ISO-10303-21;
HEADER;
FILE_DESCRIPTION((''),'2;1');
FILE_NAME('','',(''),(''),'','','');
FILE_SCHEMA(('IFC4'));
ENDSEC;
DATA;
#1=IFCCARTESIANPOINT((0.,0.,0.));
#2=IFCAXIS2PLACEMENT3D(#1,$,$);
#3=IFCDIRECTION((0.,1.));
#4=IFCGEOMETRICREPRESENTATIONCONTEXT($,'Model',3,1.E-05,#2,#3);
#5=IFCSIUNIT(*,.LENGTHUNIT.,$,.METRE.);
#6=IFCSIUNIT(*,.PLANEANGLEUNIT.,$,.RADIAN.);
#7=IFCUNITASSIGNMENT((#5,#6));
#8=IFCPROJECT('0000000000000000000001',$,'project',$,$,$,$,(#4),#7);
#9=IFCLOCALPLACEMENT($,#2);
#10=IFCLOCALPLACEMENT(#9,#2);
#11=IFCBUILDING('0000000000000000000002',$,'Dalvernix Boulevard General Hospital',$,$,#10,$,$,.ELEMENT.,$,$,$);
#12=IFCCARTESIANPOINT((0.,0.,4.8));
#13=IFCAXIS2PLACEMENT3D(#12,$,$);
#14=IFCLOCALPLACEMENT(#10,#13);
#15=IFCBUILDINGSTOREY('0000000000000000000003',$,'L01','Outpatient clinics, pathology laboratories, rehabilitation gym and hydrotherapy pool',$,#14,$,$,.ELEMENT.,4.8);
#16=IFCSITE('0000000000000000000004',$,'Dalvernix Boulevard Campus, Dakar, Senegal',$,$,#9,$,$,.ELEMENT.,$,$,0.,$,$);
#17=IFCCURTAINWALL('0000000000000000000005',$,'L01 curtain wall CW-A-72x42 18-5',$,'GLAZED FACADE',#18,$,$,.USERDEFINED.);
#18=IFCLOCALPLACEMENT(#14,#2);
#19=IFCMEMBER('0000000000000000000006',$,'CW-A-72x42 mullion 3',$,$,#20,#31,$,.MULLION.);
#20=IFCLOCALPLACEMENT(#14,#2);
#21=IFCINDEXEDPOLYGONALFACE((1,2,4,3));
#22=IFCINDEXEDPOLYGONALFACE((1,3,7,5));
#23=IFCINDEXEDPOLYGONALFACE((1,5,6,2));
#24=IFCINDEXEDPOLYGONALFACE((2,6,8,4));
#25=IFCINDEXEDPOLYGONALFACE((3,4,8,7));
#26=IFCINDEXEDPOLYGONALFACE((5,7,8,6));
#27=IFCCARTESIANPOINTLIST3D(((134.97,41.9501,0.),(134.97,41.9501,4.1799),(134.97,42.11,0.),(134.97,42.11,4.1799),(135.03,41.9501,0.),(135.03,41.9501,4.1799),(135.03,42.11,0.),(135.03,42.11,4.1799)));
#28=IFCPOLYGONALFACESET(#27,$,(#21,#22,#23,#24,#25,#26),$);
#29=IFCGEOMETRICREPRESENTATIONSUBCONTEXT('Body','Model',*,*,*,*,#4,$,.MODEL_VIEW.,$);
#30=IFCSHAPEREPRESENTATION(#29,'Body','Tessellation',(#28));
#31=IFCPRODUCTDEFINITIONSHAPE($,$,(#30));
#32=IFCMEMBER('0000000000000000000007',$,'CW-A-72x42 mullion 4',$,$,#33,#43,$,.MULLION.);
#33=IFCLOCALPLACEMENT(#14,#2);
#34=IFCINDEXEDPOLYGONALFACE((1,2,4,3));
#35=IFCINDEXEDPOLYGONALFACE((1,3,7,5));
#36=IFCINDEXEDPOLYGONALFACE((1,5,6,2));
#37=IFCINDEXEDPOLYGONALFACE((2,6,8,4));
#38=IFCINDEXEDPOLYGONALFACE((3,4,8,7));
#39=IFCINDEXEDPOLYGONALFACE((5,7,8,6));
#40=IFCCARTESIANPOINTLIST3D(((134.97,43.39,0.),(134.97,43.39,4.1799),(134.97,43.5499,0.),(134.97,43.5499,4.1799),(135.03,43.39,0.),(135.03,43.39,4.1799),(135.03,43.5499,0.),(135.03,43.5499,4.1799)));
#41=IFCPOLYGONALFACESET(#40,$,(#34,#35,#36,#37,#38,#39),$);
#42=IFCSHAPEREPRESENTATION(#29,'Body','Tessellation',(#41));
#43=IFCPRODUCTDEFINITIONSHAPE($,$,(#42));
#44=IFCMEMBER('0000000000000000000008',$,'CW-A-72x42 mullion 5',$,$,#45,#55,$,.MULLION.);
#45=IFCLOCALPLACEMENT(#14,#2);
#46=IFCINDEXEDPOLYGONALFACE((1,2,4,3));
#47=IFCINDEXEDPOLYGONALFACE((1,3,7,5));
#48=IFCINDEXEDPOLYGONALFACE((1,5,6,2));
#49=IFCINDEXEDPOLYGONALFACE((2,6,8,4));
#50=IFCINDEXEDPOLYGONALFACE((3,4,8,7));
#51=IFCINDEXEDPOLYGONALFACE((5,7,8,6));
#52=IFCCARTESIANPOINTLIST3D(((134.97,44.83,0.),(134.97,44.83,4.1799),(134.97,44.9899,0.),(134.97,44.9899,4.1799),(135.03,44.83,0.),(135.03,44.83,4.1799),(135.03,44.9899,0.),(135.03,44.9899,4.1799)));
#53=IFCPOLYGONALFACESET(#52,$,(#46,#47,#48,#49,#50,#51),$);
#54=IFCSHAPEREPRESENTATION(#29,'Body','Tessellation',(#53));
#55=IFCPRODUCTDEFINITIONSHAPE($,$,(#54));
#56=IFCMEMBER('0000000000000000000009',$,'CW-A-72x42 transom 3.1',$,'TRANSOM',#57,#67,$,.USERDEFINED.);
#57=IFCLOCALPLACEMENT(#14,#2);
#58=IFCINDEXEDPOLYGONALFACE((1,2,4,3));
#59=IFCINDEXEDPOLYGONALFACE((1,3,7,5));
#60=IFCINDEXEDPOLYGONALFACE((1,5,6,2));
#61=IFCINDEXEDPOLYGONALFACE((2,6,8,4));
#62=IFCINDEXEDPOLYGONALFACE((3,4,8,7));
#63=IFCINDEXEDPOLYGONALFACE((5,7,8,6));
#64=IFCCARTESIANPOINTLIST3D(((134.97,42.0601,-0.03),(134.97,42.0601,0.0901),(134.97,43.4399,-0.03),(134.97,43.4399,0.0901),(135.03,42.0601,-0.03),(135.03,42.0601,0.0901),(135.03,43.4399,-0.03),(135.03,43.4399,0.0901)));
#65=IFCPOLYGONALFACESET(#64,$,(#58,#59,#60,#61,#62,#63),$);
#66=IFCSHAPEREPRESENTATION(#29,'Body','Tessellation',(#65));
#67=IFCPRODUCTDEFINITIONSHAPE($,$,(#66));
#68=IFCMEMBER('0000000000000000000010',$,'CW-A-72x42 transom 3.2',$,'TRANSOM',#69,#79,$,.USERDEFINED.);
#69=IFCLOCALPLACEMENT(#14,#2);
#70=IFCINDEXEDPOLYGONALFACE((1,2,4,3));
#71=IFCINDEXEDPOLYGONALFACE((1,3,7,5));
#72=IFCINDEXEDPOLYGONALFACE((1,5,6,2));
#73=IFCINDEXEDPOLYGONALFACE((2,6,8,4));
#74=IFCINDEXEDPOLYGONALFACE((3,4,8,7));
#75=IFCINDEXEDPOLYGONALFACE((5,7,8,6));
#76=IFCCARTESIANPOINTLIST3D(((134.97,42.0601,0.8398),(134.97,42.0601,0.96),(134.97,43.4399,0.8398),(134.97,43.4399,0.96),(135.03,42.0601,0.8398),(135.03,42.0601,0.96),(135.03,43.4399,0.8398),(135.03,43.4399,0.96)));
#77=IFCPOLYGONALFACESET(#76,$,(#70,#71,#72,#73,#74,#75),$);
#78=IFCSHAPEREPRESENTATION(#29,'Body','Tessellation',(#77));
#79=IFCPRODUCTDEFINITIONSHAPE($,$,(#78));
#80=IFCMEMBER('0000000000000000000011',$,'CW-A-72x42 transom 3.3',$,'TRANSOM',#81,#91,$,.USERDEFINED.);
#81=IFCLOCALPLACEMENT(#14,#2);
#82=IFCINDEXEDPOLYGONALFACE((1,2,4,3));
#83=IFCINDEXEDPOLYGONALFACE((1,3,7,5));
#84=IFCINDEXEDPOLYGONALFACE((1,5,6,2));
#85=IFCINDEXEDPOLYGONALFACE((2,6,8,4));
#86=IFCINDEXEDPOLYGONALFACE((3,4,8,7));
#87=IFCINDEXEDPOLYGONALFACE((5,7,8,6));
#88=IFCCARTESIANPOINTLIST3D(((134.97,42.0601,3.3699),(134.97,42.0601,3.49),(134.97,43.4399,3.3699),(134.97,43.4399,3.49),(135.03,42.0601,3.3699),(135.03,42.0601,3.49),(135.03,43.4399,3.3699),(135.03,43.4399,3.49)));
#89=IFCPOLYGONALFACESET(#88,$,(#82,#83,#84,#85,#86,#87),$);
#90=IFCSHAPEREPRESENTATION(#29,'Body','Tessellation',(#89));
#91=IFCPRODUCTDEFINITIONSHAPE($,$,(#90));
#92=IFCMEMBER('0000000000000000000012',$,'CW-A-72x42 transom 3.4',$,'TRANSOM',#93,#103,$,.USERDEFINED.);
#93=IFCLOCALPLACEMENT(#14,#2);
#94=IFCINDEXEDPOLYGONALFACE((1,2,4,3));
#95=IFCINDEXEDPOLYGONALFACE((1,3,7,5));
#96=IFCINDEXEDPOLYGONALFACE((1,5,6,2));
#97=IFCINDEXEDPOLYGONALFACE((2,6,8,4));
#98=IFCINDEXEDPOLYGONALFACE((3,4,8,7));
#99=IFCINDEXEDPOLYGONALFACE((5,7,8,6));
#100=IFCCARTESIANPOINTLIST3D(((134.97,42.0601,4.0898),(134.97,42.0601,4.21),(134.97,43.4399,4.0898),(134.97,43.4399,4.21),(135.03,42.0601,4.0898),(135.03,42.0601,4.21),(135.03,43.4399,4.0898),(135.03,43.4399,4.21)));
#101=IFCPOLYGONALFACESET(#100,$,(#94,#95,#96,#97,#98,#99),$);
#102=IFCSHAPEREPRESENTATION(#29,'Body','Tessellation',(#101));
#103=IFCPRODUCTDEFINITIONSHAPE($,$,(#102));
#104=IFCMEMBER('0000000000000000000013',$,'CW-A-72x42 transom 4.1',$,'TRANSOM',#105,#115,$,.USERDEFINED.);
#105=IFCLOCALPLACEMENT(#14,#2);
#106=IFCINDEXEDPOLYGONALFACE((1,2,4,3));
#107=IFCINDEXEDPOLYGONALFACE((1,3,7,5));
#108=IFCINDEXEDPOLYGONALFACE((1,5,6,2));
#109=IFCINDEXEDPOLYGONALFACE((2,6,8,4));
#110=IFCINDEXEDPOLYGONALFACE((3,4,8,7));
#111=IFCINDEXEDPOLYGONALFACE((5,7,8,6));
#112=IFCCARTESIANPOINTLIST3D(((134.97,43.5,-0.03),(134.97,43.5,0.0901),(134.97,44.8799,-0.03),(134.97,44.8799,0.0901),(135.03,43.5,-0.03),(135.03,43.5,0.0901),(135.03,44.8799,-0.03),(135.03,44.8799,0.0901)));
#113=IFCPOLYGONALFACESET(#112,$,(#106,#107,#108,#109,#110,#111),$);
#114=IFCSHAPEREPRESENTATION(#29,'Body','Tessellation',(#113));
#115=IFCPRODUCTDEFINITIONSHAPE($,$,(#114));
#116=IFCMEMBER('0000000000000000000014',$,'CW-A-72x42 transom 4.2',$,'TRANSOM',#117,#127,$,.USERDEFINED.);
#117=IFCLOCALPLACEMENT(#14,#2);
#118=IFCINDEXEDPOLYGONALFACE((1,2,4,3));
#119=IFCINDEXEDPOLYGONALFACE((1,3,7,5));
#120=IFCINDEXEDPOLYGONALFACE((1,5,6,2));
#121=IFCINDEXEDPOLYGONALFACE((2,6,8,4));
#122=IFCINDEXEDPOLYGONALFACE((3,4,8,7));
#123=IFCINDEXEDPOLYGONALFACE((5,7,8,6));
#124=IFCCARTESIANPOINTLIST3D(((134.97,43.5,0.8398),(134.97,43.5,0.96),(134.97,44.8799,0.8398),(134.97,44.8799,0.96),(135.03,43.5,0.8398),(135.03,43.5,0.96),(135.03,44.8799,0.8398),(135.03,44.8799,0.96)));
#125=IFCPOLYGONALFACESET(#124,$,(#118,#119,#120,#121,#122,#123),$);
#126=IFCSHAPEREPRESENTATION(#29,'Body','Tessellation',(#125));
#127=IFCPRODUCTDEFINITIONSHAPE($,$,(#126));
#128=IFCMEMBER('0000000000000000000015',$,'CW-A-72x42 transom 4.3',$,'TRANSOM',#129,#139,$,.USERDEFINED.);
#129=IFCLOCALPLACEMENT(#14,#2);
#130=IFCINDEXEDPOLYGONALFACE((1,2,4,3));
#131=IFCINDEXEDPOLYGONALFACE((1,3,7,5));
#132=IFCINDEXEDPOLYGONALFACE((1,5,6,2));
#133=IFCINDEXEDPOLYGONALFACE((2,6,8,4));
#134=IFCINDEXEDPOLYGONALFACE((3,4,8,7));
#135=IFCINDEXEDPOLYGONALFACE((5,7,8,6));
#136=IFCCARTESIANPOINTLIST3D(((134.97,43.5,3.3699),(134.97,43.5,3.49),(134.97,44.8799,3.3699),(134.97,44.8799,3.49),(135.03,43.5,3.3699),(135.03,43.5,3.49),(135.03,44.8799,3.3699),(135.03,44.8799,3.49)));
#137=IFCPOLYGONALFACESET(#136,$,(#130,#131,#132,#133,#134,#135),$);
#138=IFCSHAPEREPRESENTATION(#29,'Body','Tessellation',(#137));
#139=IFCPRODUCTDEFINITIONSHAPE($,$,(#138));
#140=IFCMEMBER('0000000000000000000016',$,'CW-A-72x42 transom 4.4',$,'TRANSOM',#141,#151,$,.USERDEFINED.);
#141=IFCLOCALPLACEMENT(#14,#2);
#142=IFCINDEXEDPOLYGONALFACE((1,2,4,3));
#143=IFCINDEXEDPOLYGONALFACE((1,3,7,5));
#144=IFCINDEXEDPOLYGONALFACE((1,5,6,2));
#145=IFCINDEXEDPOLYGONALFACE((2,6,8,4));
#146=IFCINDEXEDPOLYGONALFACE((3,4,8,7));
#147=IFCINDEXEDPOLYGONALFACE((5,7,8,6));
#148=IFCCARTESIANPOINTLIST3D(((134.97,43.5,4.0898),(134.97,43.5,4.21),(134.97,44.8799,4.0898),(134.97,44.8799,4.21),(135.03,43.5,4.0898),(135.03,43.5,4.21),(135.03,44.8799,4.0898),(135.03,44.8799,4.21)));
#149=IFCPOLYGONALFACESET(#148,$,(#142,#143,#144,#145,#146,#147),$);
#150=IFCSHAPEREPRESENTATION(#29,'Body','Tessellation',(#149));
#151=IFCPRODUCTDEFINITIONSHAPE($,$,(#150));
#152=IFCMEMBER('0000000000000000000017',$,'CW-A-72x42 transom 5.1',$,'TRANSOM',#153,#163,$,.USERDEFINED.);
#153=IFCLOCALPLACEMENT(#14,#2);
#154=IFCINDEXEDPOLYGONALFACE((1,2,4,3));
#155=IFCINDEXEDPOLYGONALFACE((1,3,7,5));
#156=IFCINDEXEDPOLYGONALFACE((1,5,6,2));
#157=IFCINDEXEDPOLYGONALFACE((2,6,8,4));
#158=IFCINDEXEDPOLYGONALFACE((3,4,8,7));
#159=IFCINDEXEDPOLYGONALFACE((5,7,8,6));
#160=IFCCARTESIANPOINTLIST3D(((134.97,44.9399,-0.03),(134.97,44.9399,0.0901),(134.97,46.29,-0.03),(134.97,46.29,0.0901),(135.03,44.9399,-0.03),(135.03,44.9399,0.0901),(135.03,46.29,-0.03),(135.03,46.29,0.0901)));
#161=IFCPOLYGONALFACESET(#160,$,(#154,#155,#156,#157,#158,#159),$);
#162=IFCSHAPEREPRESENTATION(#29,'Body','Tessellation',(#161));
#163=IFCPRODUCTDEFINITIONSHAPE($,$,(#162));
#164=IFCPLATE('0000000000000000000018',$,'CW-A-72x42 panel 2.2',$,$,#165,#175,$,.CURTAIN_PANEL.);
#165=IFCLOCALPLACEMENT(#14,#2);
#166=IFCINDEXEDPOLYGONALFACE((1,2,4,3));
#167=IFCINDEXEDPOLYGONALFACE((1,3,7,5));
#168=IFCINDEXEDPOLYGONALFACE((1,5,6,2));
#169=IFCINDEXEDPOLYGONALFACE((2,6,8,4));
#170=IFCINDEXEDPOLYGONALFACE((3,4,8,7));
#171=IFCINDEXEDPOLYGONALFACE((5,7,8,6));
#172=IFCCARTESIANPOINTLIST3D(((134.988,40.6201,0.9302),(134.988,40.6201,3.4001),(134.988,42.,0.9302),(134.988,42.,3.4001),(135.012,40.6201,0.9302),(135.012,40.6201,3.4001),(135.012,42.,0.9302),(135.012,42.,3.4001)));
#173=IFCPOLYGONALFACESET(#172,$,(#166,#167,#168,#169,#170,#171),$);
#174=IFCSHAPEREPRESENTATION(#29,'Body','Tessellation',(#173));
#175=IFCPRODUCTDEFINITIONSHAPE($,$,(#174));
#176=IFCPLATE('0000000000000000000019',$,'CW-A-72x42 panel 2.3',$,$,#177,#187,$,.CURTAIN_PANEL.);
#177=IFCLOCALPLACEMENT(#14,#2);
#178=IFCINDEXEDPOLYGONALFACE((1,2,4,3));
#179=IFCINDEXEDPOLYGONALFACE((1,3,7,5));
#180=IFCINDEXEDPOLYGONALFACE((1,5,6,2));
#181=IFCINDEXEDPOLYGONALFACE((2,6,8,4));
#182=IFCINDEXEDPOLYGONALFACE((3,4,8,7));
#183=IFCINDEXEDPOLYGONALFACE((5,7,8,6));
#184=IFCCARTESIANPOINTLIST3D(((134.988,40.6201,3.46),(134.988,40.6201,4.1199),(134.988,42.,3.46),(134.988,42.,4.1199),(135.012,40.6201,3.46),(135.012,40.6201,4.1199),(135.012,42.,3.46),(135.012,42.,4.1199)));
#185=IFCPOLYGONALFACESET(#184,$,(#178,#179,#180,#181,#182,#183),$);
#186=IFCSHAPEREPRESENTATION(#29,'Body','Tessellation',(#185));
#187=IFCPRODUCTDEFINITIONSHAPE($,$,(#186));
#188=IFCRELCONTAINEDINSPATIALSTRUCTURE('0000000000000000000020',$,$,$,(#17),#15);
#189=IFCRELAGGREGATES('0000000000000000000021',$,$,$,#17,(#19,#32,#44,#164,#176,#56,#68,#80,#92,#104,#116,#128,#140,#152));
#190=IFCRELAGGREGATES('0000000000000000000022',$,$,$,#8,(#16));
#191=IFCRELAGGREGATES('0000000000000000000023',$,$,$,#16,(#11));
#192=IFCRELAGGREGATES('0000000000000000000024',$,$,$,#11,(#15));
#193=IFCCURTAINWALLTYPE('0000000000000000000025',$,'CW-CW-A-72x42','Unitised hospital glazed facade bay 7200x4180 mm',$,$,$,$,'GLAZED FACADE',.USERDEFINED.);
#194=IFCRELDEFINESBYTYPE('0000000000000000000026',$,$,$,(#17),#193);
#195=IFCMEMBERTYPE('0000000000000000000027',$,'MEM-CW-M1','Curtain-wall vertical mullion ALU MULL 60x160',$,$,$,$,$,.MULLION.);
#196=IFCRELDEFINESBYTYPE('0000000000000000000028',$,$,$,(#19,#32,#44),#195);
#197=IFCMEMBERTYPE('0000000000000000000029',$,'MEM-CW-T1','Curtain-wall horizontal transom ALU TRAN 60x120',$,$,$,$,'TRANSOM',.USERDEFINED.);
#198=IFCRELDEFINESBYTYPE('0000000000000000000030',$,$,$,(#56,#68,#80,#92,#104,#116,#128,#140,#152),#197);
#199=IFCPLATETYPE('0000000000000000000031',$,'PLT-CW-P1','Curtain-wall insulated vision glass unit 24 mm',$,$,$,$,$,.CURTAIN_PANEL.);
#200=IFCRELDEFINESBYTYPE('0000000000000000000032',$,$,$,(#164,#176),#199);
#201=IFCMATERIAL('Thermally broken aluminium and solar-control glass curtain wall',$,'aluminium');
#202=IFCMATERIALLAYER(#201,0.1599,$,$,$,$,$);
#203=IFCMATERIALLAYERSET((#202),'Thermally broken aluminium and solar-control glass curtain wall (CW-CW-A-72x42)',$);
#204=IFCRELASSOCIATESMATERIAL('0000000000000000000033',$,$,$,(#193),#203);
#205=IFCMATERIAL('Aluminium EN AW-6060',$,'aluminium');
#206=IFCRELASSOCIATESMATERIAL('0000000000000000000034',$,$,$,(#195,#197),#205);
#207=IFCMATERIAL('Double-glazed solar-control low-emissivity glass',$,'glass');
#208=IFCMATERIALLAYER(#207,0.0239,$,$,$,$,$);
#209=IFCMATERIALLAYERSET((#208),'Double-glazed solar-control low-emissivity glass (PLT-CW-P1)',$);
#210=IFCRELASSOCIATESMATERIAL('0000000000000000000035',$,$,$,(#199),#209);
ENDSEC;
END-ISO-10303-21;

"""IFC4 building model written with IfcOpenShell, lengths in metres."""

from ifc_helpers import new_model, si_unit, direction, frame, origin, origin_2d, place, context, subcontext, project, spatial, rectangle, extrude, material, layer, layer_set, material_profile, profile_set, type_object, element, aggregate, save


model = new_model("IFC4")

# Units and contexts
model_context = context("Model", 3, precision=1e-05, world=origin(), true_north=direction((0.0, 1.0)))
body_context = subcontext(model_context, "Body", "Model", "MODEL_VIEW")
ifc_project = project(units=[si_unit("LENGTHUNIT", "METRE"), si_unit("PLANEANGLEUNIT", "RADIAN")], contexts=[model_context])

# Site, building, storey
site_placement = place(None, origin())
site = spatial("IfcSite", under=ifc_project, at=site_placement, Name="Dalvernix Boulevard Campus, Dakar, Senegal", CompositionType="ELEMENT", RefElevation=0.0)
building_placement = place(site_placement, origin())
building = spatial("IfcBuilding", under=site, at=building_placement, Name="Dalvernix Boulevard General Hospital", CompositionType="ELEMENT")
storey_placement = place(building_placement, frame((0.0, 0.0, 4.8)))
storey = spatial("IfcBuildingStorey", under=building, at=storey_placement, Name="L01", Description="Outpatient clinics, pathology laboratories, rehabilitation gym and hydrotherapy pool", CompositionType="ELEMENT", Elevation=4.8)

# Curtain wall, members, plates
ifc_material_1 = material(Name="Thermally broken aluminium and solar-control glass curtain wall", Category="aluminium")
ifc_layer_1 = layer(ifc_material_1, 0.1599)
ifc_layer_set_1 = layer_set([ifc_layer_1], Name="Thermally broken aluminium and solar-control glass curtain wall (CW-CW-A-72x42)")
curtain_wall_type = type_object("IfcCurtainWallType", Name="CW-CW-A-72x42", Description="Unitised hospital glazed facade bay 7200x4180 mm", ElementType="GLAZED FACADE", PredefinedType="USERDEFINED", material=ifc_layer_set_1)
curtain_wall_placement = place(storey_placement, origin())
curtain_wall = element("IfcCurtainWall", 1, at=curtain_wall_placement, inside=storey, type_object=curtain_wall_type, Name="L01 curtain wall CW-A-72x42 18-5", ObjectType="GLAZED FACADE", PredefinedType="USERDEFINED")
ifc_material_2 = material(Name="Aluminium EN AW-6060", Category="aluminium")
ifc_material_profile_1 = material_profile(ifc_material_2, rectangle(XDim=0.0601, YDim=0.1599, at=origin_2d()), Name="ALU MULL 60x160")
ifc_profile_set_1 = profile_set([ifc_material_profile_1], Name="Aluminium EN AW-6060")
member_type_1 = type_object("IfcMemberType", Name="MEM-CW-M1", Description="Curtain-wall vertical mullion ALU MULL 60x160", PredefinedType="MULLION", material=ifc_profile_set_1)
member_1_placement = place(storey_placement, frame((135.0, 42.03, 0.0), z_axis=(0.0, 0.0, 1.0), x_axis=(-1.0, 0.0, 0.0)))
member_1 = element("IfcMember", 2, at=member_1_placement, type_object=member_type_1, Name="CW-A-72x42 mullion 3", PredefinedType="MULLION", context=body_context, shape_type="SweptSolid", body=[
    extrude(rectangle(XDim=0.0601, YDim=0.1599, at=origin_2d()), origin(), (0.0, 0.0, 1.0), 4.1799),
])
member_2_placement = place(storey_placement, frame((135.0, 43.47, 0.0), z_axis=(0.0, 0.0, 1.0), x_axis=(-1.0, 0.0, 0.0)))
member_2 = element("IfcMember", 3, at=member_2_placement, type_object=member_type_1, Name="CW-A-72x42 mullion 4", PredefinedType="MULLION", context=body_context, shape_type="SweptSolid", body=[
    extrude(rectangle(XDim=0.0601, YDim=0.1599, at=origin_2d()), origin(), (0.0, 0.0, 1.0), 4.1799),
])
member_3_placement = place(storey_placement, frame((135.0, 44.9099, 0.0), z_axis=(0.0, 0.0, 1.0), x_axis=(-1.0, 0.0, 0.0)))
member_3 = element("IfcMember", 4, at=member_3_placement, type_object=member_type_1, Name="CW-A-72x42 mullion 5", PredefinedType="MULLION", context=body_context, shape_type="SweptSolid", body=[
    extrude(rectangle(XDim=0.0601, YDim=0.1599, at=origin_2d()), origin(), (0.0, 0.0, 1.0), 4.1799),
])
ifc_material_profile_2 = material_profile(ifc_material_2, rectangle(XDim=0.0601, YDim=0.1201, at=origin_2d()), Name="ALU TRAN 60x120")
ifc_profile_set_2 = profile_set([ifc_material_profile_2], Name="Aluminium EN AW-6060")
member_type_2 = type_object("IfcMemberType", Name="MEM-CW-T1", Description="Curtain-wall horizontal transom ALU TRAN 60x120", ElementType="TRANSOM", PredefinedType="USERDEFINED", material=ifc_profile_set_2)
member_4_placement = place(storey_placement, frame((135.0, 42.0601, 0.03), z_axis=(0.0, 1.0, 0.0), x_axis=(-1.0, 0.0, 0.0)))
member_4 = element("IfcMember", 5, at=member_4_placement, type_object=member_type_2, Name="CW-A-72x42 transom 3.1", ObjectType="TRANSOM", PredefinedType="USERDEFINED", context=body_context, shape_type="SweptSolid", body=[
    extrude(rectangle(XDim=0.0601, YDim=0.1201, at=origin_2d()), origin(), (0.0, 0.0, 1.0), 1.3799),
])
member_5_placement = place(storey_placement, frame((135.0, 42.0601, 0.8999), z_axis=(0.0, 1.0, 0.0), x_axis=(-1.0, 0.0, 0.0)))
member_5 = element("IfcMember", 6, at=member_5_placement, type_object=member_type_2, Name="CW-A-72x42 transom 3.2", ObjectType="TRANSOM", PredefinedType="USERDEFINED", context=body_context, shape_type="SweptSolid", body=[
    extrude(rectangle(XDim=0.0601, YDim=0.1201, at=origin_2d()), origin(), (0.0, 0.0, 1.0), 1.3799),
])
member_6_placement = place(storey_placement, frame((135.0, 42.0601, 3.4299), z_axis=(0.0, 1.0, 0.0), x_axis=(-1.0, 0.0, 0.0)))
member_6 = element("IfcMember", 7, at=member_6_placement, type_object=member_type_2, Name="CW-A-72x42 transom 3.3", ObjectType="TRANSOM", PredefinedType="USERDEFINED", context=body_context, shape_type="SweptSolid", body=[
    extrude(rectangle(XDim=0.0601, YDim=0.1201, at=origin_2d()), origin(), (0.0, 0.0, 1.0), 1.3799),
])
member_7_placement = place(storey_placement, frame((135.0, 42.0601, 4.1499), z_axis=(0.0, 1.0, 0.0), x_axis=(-1.0, 0.0, 0.0)))
member_7 = element("IfcMember", 8, at=member_7_placement, type_object=member_type_2, Name="CW-A-72x42 transom 3.4", ObjectType="TRANSOM", PredefinedType="USERDEFINED", context=body_context, shape_type="SweptSolid", body=[
    extrude(rectangle(XDim=0.0601, YDim=0.1201, at=origin_2d()), origin(), (0.0, 0.0, 1.0), 1.3799),
])
member_8_placement = place(storey_placement, frame((135.0, 43.5, 0.03), z_axis=(0.0, 1.0, 0.0), x_axis=(-1.0, 0.0, 0.0)))
member_8 = element("IfcMember", 9, at=member_8_placement, type_object=member_type_2, Name="CW-A-72x42 transom 4.1", ObjectType="TRANSOM", PredefinedType="USERDEFINED", context=body_context, shape_type="SweptSolid", body=[
    extrude(rectangle(XDim=0.0601, YDim=0.1201, at=origin_2d()), origin(), (0.0, 0.0, 1.0), 1.3799),
])
member_9_placement = place(storey_placement, frame((135.0, 43.5, 0.8999), z_axis=(0.0, 1.0, 0.0), x_axis=(-1.0, 0.0, 0.0)))
member_9 = element("IfcMember", 10, at=member_9_placement, type_object=member_type_2, Name="CW-A-72x42 transom 4.2", ObjectType="TRANSOM", PredefinedType="USERDEFINED", context=body_context, shape_type="SweptSolid", body=[
    extrude(rectangle(XDim=0.0601, YDim=0.1201, at=origin_2d()), origin(), (0.0, 0.0, 1.0), 1.3799),
])
member_10_placement = place(storey_placement, frame((135.0, 43.5, 3.4299), z_axis=(0.0, 1.0, 0.0), x_axis=(-1.0, 0.0, 0.0)))
member_10 = element("IfcMember", 11, at=member_10_placement, type_object=member_type_2, Name="CW-A-72x42 transom 4.3", ObjectType="TRANSOM", PredefinedType="USERDEFINED", context=body_context, shape_type="SweptSolid", body=[
    extrude(rectangle(XDim=0.0601, YDim=0.1201, at=origin_2d()), origin(), (0.0, 0.0, 1.0), 1.3799),
])
member_11_placement = place(storey_placement, frame((135.0, 43.5, 4.1499), z_axis=(0.0, 1.0, 0.0), x_axis=(-1.0, 0.0, 0.0)))
member_11 = element("IfcMember", 12, at=member_11_placement, type_object=member_type_2, Name="CW-A-72x42 transom 4.4", ObjectType="TRANSOM", PredefinedType="USERDEFINED", context=body_context, shape_type="SweptSolid", body=[
    extrude(rectangle(XDim=0.0601, YDim=0.1201, at=origin_2d()), origin(), (0.0, 0.0, 1.0), 1.3799),
])
member_12_placement = place(storey_placement, frame((135.0, 44.9399, 0.03), z_axis=(0.0, 1.0, 0.0), x_axis=(-1.0, 0.0, 0.0)))
member_12 = element("IfcMember", 13, at=member_12_placement, type_object=member_type_2, Name="CW-A-72x42 transom 5.1", ObjectType="TRANSOM", PredefinedType="USERDEFINED", context=body_context, shape_type="SweptSolid", body=[
    extrude(rectangle(XDim=0.0601, YDim=0.1201, at=origin_2d()), origin(), (0.0, 0.0, 1.0), 1.3501),
])
ifc_material_3 = material(Name="Double-glazed solar-control low-emissivity glass", Category="glass")
ifc_layer_2 = layer(ifc_material_3, 0.0239)
ifc_layer_set_2 = layer_set([ifc_layer_2], Name="Double-glazed solar-control low-emissivity glass (PLT-CW-P1)")
plate_type = type_object("IfcPlateType", Name="PLT-CW-P1", Description="Curtain-wall insulated vision glass unit 24 mm", PredefinedType="CURTAIN_PANEL", material=ifc_layer_set_2)
plate_1_placement = place(storey_placement, frame((135.0, 41.3101, 0.9302), z_axis=(0.0, 0.0, 1.0), x_axis=(0.0, 1.0, 0.0)))
plate_1 = element("IfcPlate", 14, at=plate_1_placement, type_object=plate_type, Name="CW-A-72x42 panel 2.2", PredefinedType="CURTAIN_PANEL", context=body_context, shape_type="SweptSolid", body=[
    extrude(rectangle(XDim=1.3799, YDim=0.0239, at=origin_2d()), origin(), (0.0, 0.0, 1.0), 2.47),
])
plate_2_placement = place(storey_placement, frame((135.0, 41.3101, 3.46), z_axis=(0.0, 0.0, 1.0), x_axis=(0.0, 1.0, 0.0)))
plate_2 = element("IfcPlate", 15, at=plate_2_placement, type_object=plate_type, Name="CW-A-72x42 panel 2.3", PredefinedType="CURTAIN_PANEL", context=body_context, shape_type="SweptSolid", body=[
    extrude(rectangle(XDim=1.3799, YDim=0.0239, at=origin_2d()), origin(), (0.0, 0.0, 1.0), 0.6599),
])
aggregate(curtain_wall, [member_1, member_2, member_3, plate_1, plate_2, member_4, member_5, member_6, member_7, member_8, member_9, member_10, member_11, member_12])

save(model, "model.ifc")
